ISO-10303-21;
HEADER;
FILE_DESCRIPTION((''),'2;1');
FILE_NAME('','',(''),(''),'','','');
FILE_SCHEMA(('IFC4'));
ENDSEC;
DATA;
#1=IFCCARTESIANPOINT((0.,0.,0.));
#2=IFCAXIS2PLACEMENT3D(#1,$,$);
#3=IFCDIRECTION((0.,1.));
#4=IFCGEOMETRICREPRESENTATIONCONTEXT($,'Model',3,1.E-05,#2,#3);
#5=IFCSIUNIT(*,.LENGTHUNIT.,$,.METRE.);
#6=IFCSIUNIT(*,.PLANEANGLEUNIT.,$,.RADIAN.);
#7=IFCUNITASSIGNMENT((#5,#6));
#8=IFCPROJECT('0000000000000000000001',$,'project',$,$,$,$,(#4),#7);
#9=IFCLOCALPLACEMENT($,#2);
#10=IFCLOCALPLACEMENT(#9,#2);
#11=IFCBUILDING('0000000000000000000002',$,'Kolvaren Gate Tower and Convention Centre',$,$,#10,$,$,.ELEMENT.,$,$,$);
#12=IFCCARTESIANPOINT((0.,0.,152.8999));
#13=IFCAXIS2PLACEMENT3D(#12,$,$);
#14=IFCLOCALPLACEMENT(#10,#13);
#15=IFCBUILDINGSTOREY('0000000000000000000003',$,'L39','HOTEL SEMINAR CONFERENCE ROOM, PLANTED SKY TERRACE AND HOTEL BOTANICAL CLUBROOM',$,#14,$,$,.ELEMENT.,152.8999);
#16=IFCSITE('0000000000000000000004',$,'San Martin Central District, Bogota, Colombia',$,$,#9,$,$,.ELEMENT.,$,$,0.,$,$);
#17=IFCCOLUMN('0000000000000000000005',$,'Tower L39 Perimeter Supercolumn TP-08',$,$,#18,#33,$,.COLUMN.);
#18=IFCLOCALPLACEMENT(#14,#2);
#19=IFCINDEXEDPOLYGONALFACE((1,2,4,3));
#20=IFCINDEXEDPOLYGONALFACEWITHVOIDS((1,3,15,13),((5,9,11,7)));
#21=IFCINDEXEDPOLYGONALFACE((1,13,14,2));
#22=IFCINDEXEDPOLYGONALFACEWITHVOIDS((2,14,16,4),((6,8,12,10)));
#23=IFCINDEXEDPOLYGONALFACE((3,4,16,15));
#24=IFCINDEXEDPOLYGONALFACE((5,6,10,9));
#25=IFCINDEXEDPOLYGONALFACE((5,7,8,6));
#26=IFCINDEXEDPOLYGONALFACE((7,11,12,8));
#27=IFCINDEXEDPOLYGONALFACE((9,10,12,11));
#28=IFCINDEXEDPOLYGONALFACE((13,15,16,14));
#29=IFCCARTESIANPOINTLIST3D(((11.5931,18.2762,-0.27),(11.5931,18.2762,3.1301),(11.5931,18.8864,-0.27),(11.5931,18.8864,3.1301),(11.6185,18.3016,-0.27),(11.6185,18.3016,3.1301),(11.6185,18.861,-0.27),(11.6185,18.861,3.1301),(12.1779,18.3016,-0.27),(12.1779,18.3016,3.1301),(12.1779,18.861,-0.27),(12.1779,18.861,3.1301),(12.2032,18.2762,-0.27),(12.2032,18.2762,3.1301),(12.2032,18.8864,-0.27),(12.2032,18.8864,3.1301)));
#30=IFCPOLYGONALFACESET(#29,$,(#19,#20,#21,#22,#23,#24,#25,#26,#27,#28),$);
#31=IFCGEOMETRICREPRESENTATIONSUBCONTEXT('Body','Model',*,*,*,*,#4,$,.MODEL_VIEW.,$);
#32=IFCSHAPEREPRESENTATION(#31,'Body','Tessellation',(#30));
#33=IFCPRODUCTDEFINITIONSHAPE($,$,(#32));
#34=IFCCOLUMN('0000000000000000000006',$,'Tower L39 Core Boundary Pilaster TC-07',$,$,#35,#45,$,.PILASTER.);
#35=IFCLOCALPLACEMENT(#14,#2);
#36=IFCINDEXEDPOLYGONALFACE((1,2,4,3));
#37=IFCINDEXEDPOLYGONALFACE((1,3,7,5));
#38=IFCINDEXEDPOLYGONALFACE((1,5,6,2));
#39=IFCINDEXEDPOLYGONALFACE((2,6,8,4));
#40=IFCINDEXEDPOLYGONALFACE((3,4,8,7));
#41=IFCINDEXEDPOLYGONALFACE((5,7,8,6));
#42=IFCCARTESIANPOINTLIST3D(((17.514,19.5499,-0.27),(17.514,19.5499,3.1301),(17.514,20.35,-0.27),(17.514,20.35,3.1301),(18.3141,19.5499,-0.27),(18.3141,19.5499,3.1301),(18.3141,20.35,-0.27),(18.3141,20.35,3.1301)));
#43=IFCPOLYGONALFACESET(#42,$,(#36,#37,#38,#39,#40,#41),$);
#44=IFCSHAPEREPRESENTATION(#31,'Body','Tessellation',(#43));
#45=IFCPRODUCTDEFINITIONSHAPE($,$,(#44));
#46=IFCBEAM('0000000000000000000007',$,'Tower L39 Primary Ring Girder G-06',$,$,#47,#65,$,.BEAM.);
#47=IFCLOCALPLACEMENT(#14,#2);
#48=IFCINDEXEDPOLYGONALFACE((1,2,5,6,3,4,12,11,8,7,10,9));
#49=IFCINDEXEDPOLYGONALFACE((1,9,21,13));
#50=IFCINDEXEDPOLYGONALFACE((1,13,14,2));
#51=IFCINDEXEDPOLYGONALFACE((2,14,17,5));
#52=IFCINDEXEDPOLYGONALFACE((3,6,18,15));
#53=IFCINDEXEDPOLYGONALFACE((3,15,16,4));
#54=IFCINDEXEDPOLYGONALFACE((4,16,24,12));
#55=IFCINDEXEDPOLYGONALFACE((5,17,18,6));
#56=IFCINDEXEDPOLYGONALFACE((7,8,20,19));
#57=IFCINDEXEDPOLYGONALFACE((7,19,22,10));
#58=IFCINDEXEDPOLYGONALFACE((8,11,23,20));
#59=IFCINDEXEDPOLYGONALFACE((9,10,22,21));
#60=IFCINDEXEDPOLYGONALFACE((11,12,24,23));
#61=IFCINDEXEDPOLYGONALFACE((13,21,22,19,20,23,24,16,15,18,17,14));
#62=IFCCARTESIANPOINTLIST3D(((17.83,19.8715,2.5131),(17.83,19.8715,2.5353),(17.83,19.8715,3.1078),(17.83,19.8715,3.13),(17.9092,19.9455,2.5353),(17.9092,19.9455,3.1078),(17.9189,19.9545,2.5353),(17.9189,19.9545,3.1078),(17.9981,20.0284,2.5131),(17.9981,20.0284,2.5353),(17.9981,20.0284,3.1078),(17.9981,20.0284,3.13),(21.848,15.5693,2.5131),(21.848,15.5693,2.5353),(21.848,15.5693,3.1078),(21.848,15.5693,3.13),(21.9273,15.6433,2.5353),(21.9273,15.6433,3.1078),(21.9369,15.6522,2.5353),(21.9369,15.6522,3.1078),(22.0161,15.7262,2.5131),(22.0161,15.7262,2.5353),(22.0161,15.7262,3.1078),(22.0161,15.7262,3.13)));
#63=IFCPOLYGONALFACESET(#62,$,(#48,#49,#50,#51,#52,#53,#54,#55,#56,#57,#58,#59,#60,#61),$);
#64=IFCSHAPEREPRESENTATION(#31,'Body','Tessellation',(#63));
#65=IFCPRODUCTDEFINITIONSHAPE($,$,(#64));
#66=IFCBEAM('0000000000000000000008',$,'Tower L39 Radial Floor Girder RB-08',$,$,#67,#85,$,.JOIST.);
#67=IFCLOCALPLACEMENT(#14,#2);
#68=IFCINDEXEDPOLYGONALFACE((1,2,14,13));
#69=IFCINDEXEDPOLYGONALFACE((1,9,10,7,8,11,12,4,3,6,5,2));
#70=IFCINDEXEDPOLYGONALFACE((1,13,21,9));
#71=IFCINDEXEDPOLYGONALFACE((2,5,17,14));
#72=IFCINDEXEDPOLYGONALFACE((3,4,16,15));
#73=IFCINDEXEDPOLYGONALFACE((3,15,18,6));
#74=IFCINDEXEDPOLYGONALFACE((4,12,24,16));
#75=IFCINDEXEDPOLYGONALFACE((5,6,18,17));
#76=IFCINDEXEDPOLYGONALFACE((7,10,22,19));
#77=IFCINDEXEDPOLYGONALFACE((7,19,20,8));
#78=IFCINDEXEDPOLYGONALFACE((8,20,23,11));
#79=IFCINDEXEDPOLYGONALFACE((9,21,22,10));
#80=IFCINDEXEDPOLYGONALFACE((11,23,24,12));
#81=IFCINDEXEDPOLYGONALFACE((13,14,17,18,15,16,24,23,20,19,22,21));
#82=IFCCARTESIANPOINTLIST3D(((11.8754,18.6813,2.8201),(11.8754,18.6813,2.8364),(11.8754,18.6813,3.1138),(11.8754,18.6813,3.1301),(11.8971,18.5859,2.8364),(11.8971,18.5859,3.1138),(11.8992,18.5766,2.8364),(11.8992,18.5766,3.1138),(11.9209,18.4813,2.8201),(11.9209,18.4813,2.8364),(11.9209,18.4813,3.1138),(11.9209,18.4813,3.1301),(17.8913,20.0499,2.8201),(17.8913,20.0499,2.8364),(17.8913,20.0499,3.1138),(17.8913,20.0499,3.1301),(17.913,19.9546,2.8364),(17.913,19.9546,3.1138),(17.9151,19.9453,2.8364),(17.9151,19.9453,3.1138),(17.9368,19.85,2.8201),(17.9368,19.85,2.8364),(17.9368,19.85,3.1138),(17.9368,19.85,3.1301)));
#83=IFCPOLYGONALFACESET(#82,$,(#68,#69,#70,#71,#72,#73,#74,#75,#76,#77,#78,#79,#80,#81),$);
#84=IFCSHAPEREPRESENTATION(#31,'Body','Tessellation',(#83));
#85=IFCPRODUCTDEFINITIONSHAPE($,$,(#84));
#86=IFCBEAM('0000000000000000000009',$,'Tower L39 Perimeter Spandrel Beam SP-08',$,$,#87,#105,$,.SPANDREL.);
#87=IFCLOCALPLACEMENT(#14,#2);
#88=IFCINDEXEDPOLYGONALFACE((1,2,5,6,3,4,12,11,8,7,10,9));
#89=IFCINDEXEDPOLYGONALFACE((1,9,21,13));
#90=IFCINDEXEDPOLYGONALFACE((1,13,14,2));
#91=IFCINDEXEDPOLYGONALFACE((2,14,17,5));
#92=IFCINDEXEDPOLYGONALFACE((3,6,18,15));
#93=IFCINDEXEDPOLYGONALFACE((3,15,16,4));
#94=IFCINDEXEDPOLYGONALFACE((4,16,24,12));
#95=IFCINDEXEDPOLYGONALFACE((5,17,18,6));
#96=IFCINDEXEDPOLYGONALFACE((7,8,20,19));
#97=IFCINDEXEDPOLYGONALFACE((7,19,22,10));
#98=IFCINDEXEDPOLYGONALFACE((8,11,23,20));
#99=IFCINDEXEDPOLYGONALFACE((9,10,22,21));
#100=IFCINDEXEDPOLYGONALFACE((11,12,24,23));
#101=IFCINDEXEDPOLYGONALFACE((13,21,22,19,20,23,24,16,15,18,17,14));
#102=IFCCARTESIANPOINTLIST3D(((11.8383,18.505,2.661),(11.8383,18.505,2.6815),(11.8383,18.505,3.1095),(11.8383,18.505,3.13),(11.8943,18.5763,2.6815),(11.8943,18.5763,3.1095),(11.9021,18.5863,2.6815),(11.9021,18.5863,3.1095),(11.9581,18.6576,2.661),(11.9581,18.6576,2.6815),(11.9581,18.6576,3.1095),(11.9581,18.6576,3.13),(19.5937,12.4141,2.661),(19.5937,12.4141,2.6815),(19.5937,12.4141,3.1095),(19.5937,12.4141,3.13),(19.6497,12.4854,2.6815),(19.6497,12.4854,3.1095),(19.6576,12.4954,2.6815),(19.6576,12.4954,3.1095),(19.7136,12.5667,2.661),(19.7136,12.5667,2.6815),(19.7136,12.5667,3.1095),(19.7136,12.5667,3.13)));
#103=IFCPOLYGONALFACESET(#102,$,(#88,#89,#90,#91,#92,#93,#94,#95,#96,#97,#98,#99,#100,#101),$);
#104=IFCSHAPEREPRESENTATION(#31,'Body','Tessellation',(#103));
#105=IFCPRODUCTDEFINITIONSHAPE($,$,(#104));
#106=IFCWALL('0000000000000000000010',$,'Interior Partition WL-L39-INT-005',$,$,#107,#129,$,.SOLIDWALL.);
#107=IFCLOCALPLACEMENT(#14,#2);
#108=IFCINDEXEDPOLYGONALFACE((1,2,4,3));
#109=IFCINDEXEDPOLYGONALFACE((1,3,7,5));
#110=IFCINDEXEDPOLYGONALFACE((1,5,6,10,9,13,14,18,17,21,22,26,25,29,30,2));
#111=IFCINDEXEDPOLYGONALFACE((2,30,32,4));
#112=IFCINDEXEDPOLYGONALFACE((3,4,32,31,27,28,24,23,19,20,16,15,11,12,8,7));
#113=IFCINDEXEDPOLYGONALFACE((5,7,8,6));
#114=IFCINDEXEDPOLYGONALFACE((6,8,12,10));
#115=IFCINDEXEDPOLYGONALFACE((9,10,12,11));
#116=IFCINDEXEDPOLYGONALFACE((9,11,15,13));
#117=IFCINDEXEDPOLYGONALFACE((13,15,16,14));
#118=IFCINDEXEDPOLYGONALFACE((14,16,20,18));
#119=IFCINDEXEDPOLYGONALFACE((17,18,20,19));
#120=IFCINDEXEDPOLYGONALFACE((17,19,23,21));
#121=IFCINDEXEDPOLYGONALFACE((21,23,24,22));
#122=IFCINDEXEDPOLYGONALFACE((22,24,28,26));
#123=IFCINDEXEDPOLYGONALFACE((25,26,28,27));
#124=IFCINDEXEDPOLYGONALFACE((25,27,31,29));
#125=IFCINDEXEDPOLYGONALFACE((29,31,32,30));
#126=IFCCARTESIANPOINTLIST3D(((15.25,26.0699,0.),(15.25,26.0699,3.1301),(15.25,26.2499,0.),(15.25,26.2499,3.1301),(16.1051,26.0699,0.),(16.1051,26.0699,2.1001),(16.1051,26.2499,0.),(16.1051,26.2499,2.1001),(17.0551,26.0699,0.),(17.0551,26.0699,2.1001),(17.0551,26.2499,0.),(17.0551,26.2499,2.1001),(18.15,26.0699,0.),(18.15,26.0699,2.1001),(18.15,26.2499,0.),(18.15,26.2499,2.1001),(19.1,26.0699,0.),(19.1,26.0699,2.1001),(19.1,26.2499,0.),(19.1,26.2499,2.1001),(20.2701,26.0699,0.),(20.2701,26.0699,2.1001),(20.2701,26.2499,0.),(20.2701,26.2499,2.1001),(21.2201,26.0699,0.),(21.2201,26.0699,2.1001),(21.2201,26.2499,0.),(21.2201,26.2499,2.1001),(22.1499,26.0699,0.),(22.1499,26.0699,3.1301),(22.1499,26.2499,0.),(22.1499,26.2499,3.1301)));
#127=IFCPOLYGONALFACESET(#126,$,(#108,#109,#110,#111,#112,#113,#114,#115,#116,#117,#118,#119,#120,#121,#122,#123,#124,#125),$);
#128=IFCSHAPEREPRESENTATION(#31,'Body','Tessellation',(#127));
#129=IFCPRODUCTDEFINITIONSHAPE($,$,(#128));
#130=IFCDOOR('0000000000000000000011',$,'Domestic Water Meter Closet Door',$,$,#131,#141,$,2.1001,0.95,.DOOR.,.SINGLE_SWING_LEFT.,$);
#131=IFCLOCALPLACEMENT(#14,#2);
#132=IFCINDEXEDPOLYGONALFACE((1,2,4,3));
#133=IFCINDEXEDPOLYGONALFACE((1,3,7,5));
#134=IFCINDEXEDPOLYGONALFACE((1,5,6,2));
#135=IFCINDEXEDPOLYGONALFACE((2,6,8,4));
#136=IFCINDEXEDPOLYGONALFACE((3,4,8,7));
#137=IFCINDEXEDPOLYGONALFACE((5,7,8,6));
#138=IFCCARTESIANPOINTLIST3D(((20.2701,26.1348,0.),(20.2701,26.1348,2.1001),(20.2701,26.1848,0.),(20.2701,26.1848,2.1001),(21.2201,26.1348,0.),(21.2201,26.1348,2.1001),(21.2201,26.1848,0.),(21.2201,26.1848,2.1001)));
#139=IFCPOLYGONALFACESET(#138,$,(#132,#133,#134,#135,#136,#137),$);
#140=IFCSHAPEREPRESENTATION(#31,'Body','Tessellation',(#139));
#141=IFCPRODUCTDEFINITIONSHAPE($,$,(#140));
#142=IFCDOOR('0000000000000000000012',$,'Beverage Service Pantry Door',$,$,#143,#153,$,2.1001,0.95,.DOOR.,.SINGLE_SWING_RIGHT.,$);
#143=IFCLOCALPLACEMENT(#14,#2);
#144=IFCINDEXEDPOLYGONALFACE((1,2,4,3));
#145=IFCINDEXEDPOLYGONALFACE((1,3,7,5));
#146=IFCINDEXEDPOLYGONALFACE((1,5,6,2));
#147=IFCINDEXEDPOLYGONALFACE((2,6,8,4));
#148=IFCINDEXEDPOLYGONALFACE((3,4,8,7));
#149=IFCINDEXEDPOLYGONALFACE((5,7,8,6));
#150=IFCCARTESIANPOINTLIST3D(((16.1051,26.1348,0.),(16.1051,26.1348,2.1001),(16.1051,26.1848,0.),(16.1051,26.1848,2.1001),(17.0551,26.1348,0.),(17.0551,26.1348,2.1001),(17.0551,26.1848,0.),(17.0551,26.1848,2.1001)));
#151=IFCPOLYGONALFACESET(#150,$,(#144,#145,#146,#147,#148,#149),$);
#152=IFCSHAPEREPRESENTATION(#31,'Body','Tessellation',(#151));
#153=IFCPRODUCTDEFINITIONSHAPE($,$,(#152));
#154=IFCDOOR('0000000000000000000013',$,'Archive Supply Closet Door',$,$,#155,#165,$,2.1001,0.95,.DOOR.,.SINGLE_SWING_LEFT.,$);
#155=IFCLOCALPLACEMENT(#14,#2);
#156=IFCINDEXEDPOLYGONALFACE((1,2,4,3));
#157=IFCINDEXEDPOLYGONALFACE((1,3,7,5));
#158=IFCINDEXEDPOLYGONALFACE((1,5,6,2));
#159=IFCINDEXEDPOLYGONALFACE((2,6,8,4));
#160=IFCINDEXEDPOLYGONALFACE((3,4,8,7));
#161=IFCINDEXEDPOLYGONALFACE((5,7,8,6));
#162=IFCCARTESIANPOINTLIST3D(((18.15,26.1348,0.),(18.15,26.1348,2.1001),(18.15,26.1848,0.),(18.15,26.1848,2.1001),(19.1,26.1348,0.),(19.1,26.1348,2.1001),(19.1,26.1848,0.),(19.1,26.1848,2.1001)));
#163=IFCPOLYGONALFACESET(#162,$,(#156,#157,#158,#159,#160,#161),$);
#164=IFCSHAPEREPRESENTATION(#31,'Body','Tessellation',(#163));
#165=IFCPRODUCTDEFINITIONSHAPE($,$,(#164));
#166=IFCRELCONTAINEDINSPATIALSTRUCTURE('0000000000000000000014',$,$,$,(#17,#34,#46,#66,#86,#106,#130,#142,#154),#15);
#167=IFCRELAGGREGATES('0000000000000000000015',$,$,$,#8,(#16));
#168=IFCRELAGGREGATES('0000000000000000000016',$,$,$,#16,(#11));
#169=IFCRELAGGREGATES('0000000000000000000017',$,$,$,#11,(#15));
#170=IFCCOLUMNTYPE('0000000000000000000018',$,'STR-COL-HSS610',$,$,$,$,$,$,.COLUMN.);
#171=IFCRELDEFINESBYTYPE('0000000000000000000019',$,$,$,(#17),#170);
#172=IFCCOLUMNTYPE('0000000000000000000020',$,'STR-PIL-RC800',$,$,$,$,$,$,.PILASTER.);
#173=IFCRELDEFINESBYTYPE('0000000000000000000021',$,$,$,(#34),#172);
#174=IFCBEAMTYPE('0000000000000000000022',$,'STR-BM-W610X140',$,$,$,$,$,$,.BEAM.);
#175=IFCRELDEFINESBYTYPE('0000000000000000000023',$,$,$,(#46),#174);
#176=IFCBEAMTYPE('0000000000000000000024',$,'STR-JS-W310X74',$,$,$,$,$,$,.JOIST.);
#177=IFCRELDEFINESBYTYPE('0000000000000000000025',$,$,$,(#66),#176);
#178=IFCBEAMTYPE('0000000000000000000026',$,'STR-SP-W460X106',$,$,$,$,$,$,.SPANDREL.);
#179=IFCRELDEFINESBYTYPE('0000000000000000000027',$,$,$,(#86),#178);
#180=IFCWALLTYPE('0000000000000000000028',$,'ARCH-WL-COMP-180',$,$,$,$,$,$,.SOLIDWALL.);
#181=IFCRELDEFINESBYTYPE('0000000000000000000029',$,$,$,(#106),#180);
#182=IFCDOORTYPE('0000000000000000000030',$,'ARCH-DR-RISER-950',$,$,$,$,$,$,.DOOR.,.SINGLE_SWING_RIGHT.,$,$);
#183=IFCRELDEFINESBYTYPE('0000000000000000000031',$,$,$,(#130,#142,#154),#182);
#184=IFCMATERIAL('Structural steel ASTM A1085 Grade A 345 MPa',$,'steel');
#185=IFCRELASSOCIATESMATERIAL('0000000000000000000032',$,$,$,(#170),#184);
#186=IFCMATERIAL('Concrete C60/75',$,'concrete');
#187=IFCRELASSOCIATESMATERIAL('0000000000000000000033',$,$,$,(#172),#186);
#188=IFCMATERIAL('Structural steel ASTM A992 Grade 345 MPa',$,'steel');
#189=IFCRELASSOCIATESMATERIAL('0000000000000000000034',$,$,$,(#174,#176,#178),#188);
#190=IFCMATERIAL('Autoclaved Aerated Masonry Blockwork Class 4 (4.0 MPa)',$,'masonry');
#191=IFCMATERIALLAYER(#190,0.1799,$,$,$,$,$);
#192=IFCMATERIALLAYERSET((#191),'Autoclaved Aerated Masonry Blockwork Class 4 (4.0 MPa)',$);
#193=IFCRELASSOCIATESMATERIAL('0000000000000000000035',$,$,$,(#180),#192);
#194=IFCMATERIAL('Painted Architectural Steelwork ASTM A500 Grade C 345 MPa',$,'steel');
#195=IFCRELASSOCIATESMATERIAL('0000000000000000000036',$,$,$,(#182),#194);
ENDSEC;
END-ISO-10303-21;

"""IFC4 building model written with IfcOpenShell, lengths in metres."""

from ifc_helpers import new_model, si_unit, direction, frame, frame_2d, origin, origin_2d, place, context, subcontext, project, spatial, rectangle, hollow_rectangle, i_section, extrude, material, layer, layer_set, material_profile, profile_set, type_object, element, fill, save


model = new_model("IFC4")

# Units and contexts
model_context = context("Model", 3, precision=1e-05, world=origin(), true_north=direction((0.0, 1.0)))
body_context = subcontext(model_context, "Body", "Model", "MODEL_VIEW")
ifc_project = project(units=[si_unit("LENGTHUNIT", "METRE"), si_unit("PLANEANGLEUNIT", "RADIAN")], contexts=[model_context])

# Site, building, storey
site_placement = place(None, origin())
site = spatial("IfcSite", under=ifc_project, at=site_placement, Name="San Martin Central District, Bogota, Colombia", CompositionType="ELEMENT", RefElevation=0.0)
building_placement = place(site_placement, origin())
building = spatial("IfcBuilding", under=site, at=building_placement, Name="Kolvaren Gate Tower and Convention Centre", CompositionType="ELEMENT")
storey_placement = place(building_placement, frame((0.0, 0.0, 152.8999)))
storey = spatial("IfcBuildingStorey", under=building, at=storey_placement, Name="L39", Description="HOTEL SEMINAR CONFERENCE ROOM, PLANTED SKY TERRACE AND HOTEL BOTANICAL CLUBROOM", CompositionType="ELEMENT", Elevation=152.8999)

# Columns
ifc_material_1 = material(Name="Structural steel ASTM A1085 Grade A 345 MPa", Category="steel")
ifc_material_profile_1 = material_profile(ifc_material_1, hollow_rectangle(XDim=0.6101, YDim=0.6101, WallThickness=0.0254, at=origin_2d()), Name="HSS610X610X25.4")
ifc_profile_set_1 = profile_set([ifc_material_profile_1], Name="Structural steel ASTM A1085 Grade A 345 MPa")
column_type_1 = type_object("IfcColumnType", Name="STR-COL-HSS610", PredefinedType="COLUMN", material=ifc_profile_set_1)
column_1_placement = place(storey_placement, frame((11.8982, 18.5813, -0.27), z_axis=(0.0, 0.0, 1.0), x_axis=(1.0, 0.0, 0.0)))
element("IfcColumn", 1, at=column_1_placement, inside=storey, type_object=column_type_1, Name="Tower L39 Perimeter Supercolumn TP-08", PredefinedType="COLUMN", context=body_context, shape_type="SweptSolid", body=[
    extrude(hollow_rectangle(XDim=0.6101, YDim=0.6101, WallThickness=0.0254, at=origin_2d()), origin(), (0.0, 0.0, 1.0), 3.4001),
])
ifc_material_2 = material(Name="Concrete C60/75", Category="concrete")
ifc_material_profile_2 = material_profile(ifc_material_2, rectangle(XDim=0.8, YDim=0.8, at=origin_2d()), Name="RC-COL-800X800")
ifc_profile_set_2 = profile_set([ifc_material_profile_2], Name="Concrete C60/75")
column_type_2 = type_object("IfcColumnType", Name="STR-PIL-RC800", PredefinedType="PILASTER", material=ifc_profile_set_2)
column_2_placement = place(storey_placement, frame((17.9141, 19.95, -0.27), z_axis=(0.0, 0.0, 1.0), x_axis=(1.0, 0.0, 0.0)))
element("IfcColumn", 2, at=column_2_placement, inside=storey, type_object=column_type_2, Name="Tower L39 Core Boundary Pilaster TC-07", PredefinedType="PILASTER", context=body_context, shape_type="SweptSolid", body=[
    extrude(rectangle(XDim=0.8, YDim=0.8, at=origin_2d()), origin(), (0.0, 0.0, 1.0), 3.4001),
])

# Beams
ifc_material_3 = material(Name="Structural steel ASTM A992 Grade 345 MPa", Category="steel")
ifc_material_profile_3 = material_profile(ifc_material_3, i_section(OverallWidth=0.23, OverallDepth=0.6169, WebThickness=0.0132, FlangeThickness=0.0222, at=origin_2d()), Name="W610X140")
ifc_profile_set_3 = profile_set([ifc_material_profile_3], Name="Structural steel ASTM A992 Grade 345 MPa")
beam_type_1 = type_object("IfcBeamType", Name="STR-BM-W610X140", PredefinedType="BEAM", material=ifc_profile_set_3)
beam_1_placement = place(storey_placement, frame((17.9141, 19.95, 2.8215), z_axis=(0.682558, -0.730832, 0.0), x_axis=(0.730832, 0.682558, 0.0)))
element("IfcBeam", 3, at=beam_1_placement, inside=storey, type_object=beam_type_1, Name="Tower L39 Primary Ring Girder G-06", PredefinedType="BEAM", context=body_context, shape_type="SweptSolid", body=[
    extrude(i_section(OverallWidth=0.23, OverallDepth=0.6169, WebThickness=0.0132, FlangeThickness=0.0222, at=origin_2d()), origin(), (0.0, 0.0, 1.0), 5.8867),
])
ifc_material_profile_4 = material_profile(ifc_material_3, i_section(OverallWidth=0.2051, OverallDepth=0.3101, WebThickness=0.0095, FlangeThickness=0.0164, at=origin_2d()), Name="W310X74")
ifc_profile_set_4 = profile_set([ifc_material_profile_4], Name="Structural steel ASTM A992 Grade 345 MPa")
beam_type_2 = type_object("IfcBeamType", Name="STR-JS-W310X74", PredefinedType="JOIST", material=ifc_profile_set_4)
beam_2_placement = place(storey_placement, frame((17.9141, 19.95, 2.9751), z_axis=(-0.975083, -0.221838, 0.0), x_axis=(0.221838, -0.975083, 0.0)))
element("IfcBeam", 4, at=beam_2_placement, inside=storey, type_object=beam_type_2, Name="Tower L39 Radial Floor Girder RB-08", PredefinedType="JOIST", context=body_context, shape_type="SweptSolid", body=[
    extrude(i_section(OverallWidth=0.2051, OverallDepth=0.3101, WebThickness=0.0095, FlangeThickness=0.0164, at=origin_2d()), origin(), (0.0, 0.0, 1.0), 6.1697),
])
ifc_material_profile_5 = material_profile(ifc_material_3, i_section(OverallWidth=0.1941, OverallDepth=0.469, WebThickness=0.0127, FlangeThickness=0.0205, at=origin_2d()), Name="W460X106")
ifc_profile_set_5 = profile_set([ifc_material_profile_5], Name="Structural steel ASTM A992 Grade 345 MPa")
beam_type_3 = type_object("IfcBeamType", Name="STR-SP-W460X106", PredefinedType="SPANDREL", material=ifc_profile_set_5)
beam_3_placement = place(storey_placement, frame((11.8982, 18.5813, 2.8955), z_axis=(0.786451, -0.617653, 0.0), x_axis=(0.617653, 0.786451, 0.0)))
element("IfcBeam", 5, at=beam_3_placement, inside=storey, type_object=beam_type_3, Name="Tower L39 Perimeter Spandrel Beam SP-08", PredefinedType="SPANDREL", context=body_context, shape_type="SweptSolid", body=[
    extrude(i_section(OverallWidth=0.1941, OverallDepth=0.469, WebThickness=0.0127, FlangeThickness=0.0205, at=origin_2d()), origin(), (0.0, 0.0, 1.0), 9.8613),
])

# Wall, openings, doors
ifc_material_4 = material(Name="Autoclaved Aerated Masonry Blockwork Class 4 (4.0 MPa)", Category="masonry")
ifc_layer_1 = layer(ifc_material_4, 0.1799)
ifc_layer_set_1 = layer_set([ifc_layer_1], Name="Autoclaved Aerated Masonry Blockwork Class 4 (4.0 MPa)")
wall_type_1 = type_object("IfcWallType", Name="ARCH-WL-COMP-180", PredefinedType="SOLIDWALL", material=ifc_layer_set_1)
wall_1_placement = place(storey_placement, frame((15.25, 26.1599, 0.0), z_axis=(0.0, 0.0, 1.0), x_axis=(1.0, 0.0, 0.0)))
wall_1 = element("IfcWall", 6, at=wall_1_placement, inside=storey, type_object=wall_type_1, Name="Interior Partition WL-L39-INT-005", PredefinedType="SOLIDWALL", context=body_context, shape_type="SweptSolid", body=[
    extrude(rectangle(XDim=6.8999, YDim=0.1799, at=frame_2d((3.45, 0.0))), origin(), (0.0, 0.0, 1.0), 3.1301),
])
opening_1_placement = place(wall_1_placement, frame((5.02, 0.0, 0.0)))
opening_1 = element("IfcOpeningElement", 7, at=opening_1_placement, cuts=wall_1, PredefinedType="OPENING", context=body_context, shape_type="SweptSolid", body=[
    extrude(rectangle(XDim=0.95, YDim=2.1001, at=frame_2d((0.4751, 1.05))), frame((0.0, 0.0999, 0.0), z_axis=(0.0, -1.0, 0.0), x_axis=(1.0, 0.0, 0.0)), (0.0, 0.0, 1.0), 0.2),
])
opening_2_placement = place(wall_1_placement, frame((0.855, 0.0, 0.0)))
opening_2 = element("IfcOpeningElement", 8, at=opening_2_placement, cuts=wall_1, PredefinedType="OPENING", context=body_context, shape_type="SweptSolid", body=[
    extrude(rectangle(XDim=0.95, YDim=2.1001, at=frame_2d((0.4751, 1.05))), frame((0.0, 0.0999, 0.0), z_axis=(0.0, -1.0, 0.0), x_axis=(1.0, 0.0, 0.0)), (0.0, 0.0, 1.0), 0.2),
])
opening_3_placement = place(wall_1_placement, frame((2.8999, 0.0, 0.0)))
opening_3 = element("IfcOpeningElement", 9, at=opening_3_placement, cuts=wall_1, PredefinedType="OPENING", context=body_context, shape_type="SweptSolid", body=[
    extrude(rectangle(XDim=0.95, YDim=2.1001, at=frame_2d((0.4751, 1.05))), frame((0.0, 0.0999, 0.0), z_axis=(0.0, -1.0, 0.0), x_axis=(1.0, 0.0, 0.0)), (0.0, 0.0, 1.0), 0.2),
])
ifc_material_5 = material(Name="Painted Architectural Steelwork ASTM A500 Grade C 345 MPa", Category="steel")
door_type = type_object("IfcDoorType", Name="ARCH-DR-RISER-950", OperationType="SINGLE_SWING_RIGHT", PredefinedType="DOOR", material=ifc_material_5)
door_1_placement = place(opening_1_placement, origin())
door_1 = element("IfcDoor", 10, at=door_1_placement, inside=storey, type_object=door_type, Name="Domestic Water Meter Closet Door", OperationType="SINGLE_SWING_LEFT", OverallHeight=2.1001, OverallWidth=0.95, PredefinedType="DOOR", context=body_context, shape_type="SweptSolid", body=[
    extrude(rectangle(XDim=0.95, YDim=2.1001, at=frame_2d((0.4751, 1.05))), frame((0.0, 0.0249, 0.0), z_axis=(0.0, -1.0, 0.0), x_axis=(1.0, 0.0, 0.0)), (0.0, 0.0, 1.0), 0.05),
])
fill(opening_1, door_1)
door_2_placement = place(opening_2_placement, origin())
door_2 = element("IfcDoor", 11, at=door_2_placement, inside=storey, type_object=door_type, Name="Beverage Service Pantry Door", OperationType="SINGLE_SWING_RIGHT", OverallHeight=2.1001, OverallWidth=0.95, PredefinedType="DOOR", context=body_context, shape_type="SweptSolid", body=[
    extrude(rectangle(XDim=0.95, YDim=2.1001, at=frame_2d((0.4751, 1.05))), frame((0.0, 0.0249, 0.0), z_axis=(0.0, -1.0, 0.0), x_axis=(1.0, 0.0, 0.0)), (0.0, 0.0, 1.0), 0.05),
])
fill(opening_2, door_2)
door_3_placement = place(opening_3_placement, origin())
door_3 = element("IfcDoor", 12, at=door_3_placement, inside=storey, type_object=door_type, Name="Archive Supply Closet Door", OperationType="SINGLE_SWING_LEFT", OverallHeight=2.1001, OverallWidth=0.95, PredefinedType="DOOR", context=body_context, shape_type="SweptSolid", body=[
    extrude(rectangle(XDim=0.95, YDim=2.1001, at=frame_2d((0.4751, 1.05))), frame((0.0, 0.0249, 0.0), z_axis=(0.0, -1.0, 0.0), x_axis=(1.0, 0.0, 0.0)), (0.0, 0.0, 1.0), 0.05),
])
fill(opening_3, door_3)

save(model, "model.ifc")
